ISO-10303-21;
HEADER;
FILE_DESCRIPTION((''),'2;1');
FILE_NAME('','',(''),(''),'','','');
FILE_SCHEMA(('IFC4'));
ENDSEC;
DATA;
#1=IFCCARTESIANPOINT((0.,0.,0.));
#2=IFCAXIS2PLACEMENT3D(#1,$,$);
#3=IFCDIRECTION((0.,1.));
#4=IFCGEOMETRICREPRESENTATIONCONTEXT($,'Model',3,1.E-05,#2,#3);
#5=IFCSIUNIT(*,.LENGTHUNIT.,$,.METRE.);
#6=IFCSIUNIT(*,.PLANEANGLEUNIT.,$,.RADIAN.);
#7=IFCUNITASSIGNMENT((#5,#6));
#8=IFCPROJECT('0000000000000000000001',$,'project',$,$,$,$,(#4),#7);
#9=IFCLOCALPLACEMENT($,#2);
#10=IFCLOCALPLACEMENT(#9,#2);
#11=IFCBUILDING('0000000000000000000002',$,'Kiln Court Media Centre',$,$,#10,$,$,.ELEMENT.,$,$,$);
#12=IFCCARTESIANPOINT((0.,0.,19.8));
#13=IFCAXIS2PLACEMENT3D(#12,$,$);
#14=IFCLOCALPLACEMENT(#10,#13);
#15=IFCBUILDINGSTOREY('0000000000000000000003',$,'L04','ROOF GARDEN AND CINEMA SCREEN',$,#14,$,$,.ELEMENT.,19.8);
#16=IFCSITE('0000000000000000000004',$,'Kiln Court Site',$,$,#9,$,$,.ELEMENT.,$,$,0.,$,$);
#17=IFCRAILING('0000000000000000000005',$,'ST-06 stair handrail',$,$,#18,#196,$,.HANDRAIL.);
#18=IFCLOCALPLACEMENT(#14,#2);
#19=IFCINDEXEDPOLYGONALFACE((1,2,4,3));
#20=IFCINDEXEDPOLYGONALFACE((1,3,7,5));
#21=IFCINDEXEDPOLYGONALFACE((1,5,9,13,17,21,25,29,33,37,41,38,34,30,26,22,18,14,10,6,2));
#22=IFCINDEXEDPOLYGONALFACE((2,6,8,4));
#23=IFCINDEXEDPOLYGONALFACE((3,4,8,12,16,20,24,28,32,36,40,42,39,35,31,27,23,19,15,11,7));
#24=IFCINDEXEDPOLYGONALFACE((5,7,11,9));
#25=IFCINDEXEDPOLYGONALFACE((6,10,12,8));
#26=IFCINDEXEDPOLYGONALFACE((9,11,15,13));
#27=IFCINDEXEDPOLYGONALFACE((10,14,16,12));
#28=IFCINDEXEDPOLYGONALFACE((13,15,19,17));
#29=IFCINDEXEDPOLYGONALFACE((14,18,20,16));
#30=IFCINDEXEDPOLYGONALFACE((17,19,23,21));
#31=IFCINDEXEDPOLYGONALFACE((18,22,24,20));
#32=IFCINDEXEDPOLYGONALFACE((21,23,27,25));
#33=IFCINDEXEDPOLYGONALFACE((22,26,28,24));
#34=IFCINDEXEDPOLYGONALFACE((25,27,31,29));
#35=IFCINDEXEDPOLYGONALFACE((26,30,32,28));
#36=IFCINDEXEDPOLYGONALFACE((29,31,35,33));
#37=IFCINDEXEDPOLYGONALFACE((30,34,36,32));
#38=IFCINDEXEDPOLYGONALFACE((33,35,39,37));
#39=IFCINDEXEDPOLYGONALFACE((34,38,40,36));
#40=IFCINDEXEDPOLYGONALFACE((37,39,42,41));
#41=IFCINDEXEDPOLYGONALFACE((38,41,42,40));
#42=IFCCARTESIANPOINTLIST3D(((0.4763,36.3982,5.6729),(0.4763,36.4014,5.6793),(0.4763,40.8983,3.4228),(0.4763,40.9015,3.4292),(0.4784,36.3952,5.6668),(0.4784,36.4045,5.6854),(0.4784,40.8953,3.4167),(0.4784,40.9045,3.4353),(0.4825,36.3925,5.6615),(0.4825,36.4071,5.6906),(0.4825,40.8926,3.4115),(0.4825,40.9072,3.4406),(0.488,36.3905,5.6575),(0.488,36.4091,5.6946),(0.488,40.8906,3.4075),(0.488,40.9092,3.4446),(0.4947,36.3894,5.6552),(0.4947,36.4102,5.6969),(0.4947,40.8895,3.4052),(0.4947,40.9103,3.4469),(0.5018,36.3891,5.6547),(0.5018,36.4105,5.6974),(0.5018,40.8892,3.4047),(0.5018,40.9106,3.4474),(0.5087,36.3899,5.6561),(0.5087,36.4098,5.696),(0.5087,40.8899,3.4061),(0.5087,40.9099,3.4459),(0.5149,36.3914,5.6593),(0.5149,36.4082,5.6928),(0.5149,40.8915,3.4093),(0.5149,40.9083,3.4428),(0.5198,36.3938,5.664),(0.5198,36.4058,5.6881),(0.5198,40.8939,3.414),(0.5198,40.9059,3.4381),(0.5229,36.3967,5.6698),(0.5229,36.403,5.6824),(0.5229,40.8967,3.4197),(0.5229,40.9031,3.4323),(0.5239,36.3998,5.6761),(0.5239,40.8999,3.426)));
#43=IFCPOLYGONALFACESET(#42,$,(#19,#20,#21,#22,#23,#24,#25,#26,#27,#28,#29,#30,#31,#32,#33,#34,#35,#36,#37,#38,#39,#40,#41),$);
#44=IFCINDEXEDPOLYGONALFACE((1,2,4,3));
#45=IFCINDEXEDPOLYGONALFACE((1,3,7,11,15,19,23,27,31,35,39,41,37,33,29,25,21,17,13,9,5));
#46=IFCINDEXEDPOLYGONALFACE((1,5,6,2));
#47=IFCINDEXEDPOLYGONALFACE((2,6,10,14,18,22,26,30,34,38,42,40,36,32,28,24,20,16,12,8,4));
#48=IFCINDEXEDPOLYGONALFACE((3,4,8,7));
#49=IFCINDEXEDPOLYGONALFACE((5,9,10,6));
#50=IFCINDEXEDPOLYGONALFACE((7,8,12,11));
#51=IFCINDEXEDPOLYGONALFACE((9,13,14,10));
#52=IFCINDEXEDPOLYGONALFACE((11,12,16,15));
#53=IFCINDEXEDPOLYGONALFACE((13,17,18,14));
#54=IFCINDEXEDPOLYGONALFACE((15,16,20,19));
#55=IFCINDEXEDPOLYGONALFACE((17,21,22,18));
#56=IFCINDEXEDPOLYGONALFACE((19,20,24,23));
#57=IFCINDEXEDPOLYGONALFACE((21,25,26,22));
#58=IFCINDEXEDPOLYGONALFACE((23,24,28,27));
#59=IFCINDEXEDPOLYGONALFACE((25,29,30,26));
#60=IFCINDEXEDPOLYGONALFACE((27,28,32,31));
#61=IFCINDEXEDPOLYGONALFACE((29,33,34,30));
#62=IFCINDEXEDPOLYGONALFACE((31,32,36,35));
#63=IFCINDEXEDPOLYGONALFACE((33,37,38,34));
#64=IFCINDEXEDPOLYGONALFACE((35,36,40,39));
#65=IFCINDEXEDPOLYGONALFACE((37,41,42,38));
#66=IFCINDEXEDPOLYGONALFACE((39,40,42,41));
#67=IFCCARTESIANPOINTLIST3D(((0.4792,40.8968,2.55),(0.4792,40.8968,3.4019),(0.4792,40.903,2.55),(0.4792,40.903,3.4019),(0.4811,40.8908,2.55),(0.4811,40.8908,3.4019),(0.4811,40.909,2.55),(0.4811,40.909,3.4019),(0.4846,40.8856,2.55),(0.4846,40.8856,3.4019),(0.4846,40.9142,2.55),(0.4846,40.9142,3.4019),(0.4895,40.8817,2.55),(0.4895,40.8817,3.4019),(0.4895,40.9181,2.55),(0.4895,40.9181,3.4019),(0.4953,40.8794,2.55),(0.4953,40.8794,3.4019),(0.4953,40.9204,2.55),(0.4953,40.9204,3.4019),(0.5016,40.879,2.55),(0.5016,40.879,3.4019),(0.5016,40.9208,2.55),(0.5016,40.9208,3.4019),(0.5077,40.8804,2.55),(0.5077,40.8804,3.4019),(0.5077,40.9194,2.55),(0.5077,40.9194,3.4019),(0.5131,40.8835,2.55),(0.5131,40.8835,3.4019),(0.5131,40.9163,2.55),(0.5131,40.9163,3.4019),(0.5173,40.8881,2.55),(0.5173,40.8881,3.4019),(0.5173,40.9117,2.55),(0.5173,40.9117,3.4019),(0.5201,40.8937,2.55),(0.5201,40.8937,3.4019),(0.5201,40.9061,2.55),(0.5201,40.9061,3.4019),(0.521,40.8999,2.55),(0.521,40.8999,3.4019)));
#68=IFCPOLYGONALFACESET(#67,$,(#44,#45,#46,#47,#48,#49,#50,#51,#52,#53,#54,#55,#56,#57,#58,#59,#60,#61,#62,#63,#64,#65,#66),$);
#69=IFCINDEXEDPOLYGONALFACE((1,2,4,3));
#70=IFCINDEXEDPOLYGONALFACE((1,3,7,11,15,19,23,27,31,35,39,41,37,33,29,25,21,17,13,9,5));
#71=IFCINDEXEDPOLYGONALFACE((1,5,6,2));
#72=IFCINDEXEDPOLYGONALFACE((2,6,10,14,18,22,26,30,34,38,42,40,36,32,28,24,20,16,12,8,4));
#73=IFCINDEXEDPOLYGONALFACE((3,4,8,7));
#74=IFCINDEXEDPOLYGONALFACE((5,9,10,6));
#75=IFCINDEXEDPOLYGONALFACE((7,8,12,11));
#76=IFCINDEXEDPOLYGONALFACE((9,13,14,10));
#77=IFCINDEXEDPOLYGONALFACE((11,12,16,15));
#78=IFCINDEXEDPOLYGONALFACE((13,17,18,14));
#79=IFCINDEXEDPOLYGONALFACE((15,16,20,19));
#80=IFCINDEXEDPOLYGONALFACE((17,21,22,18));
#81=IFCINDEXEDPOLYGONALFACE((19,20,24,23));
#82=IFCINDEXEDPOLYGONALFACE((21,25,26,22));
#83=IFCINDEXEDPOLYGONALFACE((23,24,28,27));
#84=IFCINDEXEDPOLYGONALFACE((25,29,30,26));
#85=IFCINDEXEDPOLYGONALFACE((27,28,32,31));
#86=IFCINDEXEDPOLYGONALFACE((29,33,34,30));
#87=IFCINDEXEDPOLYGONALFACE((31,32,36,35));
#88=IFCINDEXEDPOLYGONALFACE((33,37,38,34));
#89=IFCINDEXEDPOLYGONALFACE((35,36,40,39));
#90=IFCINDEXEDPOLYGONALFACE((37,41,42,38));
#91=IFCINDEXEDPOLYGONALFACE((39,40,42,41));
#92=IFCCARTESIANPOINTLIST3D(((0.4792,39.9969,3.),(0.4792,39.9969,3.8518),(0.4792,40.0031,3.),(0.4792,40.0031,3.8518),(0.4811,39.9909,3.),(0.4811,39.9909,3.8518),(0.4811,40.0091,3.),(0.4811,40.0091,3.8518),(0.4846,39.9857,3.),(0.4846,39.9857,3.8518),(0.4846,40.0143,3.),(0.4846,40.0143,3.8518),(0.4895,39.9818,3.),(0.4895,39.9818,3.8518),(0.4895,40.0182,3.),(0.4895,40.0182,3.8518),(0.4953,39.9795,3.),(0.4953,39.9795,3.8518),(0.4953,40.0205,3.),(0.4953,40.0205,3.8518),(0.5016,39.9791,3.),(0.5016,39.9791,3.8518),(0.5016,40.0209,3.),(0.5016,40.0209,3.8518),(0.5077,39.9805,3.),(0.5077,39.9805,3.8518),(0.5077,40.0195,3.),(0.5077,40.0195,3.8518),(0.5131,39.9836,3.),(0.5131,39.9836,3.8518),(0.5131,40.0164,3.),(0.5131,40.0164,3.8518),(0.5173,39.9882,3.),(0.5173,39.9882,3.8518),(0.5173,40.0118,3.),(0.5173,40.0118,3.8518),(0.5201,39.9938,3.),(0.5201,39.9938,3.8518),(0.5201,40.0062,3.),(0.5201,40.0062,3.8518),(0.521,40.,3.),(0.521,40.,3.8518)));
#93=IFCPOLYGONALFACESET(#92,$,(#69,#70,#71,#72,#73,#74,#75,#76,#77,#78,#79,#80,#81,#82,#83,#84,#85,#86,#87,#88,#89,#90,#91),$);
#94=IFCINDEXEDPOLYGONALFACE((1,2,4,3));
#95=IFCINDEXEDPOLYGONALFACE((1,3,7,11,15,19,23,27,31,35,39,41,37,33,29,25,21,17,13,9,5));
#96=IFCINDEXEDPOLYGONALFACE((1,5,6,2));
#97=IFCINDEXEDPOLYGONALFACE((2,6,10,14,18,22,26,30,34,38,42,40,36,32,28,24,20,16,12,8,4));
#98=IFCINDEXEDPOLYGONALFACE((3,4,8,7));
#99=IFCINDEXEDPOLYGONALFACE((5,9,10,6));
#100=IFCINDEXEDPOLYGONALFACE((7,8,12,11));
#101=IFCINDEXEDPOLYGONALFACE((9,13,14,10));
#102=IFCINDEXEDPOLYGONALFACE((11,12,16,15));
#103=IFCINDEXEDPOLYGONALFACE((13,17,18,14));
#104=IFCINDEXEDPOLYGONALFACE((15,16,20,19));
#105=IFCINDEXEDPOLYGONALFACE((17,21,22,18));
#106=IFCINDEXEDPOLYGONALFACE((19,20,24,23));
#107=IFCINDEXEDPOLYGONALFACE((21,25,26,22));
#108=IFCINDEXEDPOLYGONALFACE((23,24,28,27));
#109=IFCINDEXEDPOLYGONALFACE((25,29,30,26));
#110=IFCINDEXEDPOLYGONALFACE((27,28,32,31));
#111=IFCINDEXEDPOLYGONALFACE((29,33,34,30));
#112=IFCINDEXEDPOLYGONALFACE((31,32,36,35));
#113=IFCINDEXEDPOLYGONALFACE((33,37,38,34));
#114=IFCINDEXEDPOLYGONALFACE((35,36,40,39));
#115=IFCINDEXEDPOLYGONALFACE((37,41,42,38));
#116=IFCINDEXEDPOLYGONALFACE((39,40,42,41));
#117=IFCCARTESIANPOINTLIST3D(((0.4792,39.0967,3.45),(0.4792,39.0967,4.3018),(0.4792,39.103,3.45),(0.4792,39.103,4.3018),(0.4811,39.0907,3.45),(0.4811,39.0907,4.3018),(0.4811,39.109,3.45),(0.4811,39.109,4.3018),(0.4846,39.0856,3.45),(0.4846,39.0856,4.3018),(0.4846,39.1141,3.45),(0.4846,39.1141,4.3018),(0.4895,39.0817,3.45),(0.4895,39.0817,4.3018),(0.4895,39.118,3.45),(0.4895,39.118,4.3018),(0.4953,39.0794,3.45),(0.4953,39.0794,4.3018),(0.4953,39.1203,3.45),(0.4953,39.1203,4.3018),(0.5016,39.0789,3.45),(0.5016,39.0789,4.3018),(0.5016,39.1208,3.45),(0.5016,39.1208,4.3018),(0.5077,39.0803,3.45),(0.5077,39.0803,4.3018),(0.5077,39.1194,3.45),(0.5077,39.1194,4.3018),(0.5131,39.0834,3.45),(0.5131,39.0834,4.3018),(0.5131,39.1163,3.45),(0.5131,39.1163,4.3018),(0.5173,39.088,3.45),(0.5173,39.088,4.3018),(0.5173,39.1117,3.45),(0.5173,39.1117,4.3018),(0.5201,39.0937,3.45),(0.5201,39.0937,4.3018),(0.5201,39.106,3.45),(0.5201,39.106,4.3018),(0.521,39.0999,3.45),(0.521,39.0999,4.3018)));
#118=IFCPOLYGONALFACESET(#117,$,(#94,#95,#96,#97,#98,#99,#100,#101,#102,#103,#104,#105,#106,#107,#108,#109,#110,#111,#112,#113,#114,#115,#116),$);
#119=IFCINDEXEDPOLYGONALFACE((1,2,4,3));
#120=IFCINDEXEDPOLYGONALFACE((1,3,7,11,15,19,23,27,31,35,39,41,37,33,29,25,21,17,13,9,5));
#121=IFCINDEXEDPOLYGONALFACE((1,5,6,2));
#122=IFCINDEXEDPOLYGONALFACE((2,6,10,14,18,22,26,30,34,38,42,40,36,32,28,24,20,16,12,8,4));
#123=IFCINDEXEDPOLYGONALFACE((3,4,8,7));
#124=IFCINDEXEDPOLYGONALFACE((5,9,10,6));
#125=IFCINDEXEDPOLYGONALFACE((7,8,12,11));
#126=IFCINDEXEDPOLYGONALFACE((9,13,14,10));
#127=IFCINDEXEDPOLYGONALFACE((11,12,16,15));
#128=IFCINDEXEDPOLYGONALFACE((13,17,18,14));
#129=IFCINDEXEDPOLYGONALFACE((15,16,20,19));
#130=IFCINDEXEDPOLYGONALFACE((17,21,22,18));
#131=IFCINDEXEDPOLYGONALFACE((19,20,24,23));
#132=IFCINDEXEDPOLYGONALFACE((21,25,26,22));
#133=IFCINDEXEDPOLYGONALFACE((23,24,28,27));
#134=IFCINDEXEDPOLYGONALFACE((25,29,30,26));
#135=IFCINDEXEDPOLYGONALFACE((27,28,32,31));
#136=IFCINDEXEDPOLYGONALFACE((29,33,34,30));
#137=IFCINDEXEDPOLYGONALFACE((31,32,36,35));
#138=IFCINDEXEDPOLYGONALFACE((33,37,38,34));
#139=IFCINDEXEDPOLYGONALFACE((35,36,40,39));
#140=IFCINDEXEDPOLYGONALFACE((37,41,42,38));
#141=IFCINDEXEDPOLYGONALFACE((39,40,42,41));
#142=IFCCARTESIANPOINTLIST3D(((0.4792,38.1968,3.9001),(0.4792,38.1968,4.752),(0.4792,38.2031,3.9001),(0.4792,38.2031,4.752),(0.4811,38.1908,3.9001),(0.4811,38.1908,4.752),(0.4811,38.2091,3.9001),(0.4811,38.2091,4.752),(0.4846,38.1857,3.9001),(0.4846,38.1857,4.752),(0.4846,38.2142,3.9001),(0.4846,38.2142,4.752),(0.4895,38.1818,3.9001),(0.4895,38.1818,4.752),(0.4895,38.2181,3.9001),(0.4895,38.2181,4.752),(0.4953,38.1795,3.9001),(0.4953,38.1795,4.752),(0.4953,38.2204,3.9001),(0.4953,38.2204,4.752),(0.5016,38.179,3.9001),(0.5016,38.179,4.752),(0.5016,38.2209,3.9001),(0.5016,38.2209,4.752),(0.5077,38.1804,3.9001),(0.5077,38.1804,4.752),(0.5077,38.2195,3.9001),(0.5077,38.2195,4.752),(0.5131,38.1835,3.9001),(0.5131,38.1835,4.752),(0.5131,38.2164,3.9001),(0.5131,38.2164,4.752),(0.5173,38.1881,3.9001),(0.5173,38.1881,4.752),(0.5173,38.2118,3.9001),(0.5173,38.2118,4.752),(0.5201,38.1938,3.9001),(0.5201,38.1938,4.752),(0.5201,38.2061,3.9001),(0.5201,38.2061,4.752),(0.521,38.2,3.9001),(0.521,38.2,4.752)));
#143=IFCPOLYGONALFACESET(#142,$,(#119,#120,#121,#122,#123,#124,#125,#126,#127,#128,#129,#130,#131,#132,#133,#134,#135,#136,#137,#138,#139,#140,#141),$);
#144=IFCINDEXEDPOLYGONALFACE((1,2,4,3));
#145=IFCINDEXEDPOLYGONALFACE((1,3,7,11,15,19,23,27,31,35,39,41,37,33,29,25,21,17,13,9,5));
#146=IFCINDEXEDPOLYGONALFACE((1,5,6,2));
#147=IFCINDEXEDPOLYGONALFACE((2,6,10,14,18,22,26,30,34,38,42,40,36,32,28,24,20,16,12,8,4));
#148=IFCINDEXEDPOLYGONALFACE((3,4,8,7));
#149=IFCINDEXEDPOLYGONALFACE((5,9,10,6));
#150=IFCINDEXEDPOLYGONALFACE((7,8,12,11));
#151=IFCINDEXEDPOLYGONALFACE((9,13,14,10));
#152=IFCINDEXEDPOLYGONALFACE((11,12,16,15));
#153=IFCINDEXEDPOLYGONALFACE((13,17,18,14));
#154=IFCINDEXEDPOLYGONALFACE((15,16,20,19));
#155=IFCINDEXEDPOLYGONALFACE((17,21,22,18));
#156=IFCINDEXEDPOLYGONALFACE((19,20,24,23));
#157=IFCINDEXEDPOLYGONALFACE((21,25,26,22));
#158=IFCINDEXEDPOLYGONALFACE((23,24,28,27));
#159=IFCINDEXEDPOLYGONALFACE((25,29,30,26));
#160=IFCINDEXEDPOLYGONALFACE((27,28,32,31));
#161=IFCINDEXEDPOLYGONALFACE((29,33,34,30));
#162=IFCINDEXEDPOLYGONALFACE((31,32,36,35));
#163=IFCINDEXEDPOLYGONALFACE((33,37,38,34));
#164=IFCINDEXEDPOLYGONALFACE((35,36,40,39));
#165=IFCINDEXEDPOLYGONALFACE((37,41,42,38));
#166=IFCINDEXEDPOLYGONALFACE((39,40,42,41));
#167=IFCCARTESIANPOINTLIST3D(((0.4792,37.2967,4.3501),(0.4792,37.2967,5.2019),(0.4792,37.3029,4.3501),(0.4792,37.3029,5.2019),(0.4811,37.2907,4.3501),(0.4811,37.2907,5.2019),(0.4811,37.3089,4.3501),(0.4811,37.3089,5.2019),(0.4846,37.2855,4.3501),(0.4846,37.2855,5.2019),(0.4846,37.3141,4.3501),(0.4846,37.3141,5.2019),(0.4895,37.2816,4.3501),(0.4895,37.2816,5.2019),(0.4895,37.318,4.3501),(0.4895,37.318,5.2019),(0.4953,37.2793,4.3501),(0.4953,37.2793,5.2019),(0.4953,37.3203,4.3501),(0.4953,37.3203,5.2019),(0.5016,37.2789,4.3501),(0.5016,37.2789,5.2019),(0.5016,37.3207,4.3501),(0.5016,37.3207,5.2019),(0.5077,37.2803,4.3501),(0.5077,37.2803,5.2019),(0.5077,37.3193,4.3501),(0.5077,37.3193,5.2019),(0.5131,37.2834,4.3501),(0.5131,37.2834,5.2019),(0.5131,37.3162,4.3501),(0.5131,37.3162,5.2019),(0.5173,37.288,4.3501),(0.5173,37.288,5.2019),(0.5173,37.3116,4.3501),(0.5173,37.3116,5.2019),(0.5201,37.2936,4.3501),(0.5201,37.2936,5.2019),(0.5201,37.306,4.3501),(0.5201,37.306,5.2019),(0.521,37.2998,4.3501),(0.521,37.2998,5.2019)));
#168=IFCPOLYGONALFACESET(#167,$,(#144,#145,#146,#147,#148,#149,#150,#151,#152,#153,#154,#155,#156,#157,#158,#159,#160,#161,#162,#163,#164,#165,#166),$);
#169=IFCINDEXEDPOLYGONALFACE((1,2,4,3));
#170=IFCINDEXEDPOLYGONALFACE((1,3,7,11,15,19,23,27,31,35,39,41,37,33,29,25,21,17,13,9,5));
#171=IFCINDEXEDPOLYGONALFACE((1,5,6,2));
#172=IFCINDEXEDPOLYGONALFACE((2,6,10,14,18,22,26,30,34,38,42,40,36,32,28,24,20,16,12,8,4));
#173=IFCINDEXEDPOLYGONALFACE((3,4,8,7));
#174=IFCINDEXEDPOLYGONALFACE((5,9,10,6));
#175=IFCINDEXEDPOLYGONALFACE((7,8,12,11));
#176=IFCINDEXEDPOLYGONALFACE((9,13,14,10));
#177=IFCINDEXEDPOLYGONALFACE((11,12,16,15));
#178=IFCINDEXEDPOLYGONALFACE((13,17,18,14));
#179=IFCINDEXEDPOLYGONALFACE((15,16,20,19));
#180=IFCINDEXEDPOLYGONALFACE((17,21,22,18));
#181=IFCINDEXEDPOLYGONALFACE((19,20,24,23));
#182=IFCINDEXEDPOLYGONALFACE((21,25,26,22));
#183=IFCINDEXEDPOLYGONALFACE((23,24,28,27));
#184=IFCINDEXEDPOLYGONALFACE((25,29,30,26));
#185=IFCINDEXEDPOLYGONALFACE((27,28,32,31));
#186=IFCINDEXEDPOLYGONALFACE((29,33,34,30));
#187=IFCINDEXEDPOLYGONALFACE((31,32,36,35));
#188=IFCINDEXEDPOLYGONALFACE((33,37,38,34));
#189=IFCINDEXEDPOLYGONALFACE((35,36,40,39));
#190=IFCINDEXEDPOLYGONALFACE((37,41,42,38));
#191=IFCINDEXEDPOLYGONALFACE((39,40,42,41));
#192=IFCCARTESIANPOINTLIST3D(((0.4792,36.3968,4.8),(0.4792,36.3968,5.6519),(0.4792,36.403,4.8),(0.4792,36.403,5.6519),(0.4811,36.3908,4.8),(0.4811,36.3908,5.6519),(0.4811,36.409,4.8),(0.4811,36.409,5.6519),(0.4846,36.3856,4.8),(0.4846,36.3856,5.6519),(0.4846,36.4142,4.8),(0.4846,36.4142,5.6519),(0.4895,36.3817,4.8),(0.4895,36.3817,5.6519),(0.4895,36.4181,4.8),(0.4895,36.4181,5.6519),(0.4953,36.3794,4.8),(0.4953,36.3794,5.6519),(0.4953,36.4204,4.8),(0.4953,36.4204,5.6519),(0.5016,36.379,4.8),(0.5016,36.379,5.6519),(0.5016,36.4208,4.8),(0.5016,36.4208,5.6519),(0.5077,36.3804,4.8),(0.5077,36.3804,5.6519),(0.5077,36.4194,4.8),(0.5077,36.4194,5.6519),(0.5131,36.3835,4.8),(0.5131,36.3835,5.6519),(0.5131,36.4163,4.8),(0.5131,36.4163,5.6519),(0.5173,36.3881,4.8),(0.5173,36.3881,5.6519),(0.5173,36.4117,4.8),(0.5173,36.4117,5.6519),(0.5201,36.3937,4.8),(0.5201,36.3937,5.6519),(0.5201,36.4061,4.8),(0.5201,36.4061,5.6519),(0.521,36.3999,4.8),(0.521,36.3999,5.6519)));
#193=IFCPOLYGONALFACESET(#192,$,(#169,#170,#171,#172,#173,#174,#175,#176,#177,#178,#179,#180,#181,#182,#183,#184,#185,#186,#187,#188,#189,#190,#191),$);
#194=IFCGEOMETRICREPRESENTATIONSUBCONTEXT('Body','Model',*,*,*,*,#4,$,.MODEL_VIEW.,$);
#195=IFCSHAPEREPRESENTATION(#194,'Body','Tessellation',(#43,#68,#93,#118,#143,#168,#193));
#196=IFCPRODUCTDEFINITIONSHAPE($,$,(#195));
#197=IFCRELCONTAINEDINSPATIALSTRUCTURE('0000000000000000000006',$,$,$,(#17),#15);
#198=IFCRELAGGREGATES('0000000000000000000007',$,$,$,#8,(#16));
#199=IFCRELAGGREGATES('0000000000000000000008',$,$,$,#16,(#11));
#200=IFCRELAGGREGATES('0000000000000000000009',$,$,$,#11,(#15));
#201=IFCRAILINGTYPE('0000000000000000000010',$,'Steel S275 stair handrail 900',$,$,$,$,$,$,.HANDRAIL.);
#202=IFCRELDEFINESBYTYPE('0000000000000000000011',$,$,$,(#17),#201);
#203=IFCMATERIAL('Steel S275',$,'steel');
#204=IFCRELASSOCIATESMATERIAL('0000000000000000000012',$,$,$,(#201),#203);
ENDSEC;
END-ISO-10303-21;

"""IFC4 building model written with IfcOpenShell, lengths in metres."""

from ifc_helpers import new_model, si_unit, direction, frame, origin, origin_2d, place, context, subcontext, project, spatial, circle, extrude, material, type_object, element, save


model = new_model("IFC4")

# Units and contexts
model_context = context("Model", 3, precision=1e-05, world=origin(), true_north=direction((0.0, 1.0)))
body_context = subcontext(model_context, "Body", "Model", "MODEL_VIEW")
ifc_project = project(units=[si_unit("LENGTHUNIT", "METRE"), si_unit("PLANEANGLEUNIT", "RADIAN")], contexts=[model_context])

# Site, building, storey
site_placement = place(None, origin())
site = spatial("IfcSite", under=ifc_project, at=site_placement, Name="Kiln Court Site", CompositionType="ELEMENT", RefElevation=0.0)
building_placement = place(site_placement, origin())
building = spatial("IfcBuilding", under=site, at=building_placement, Name="Kiln Court Media Centre", CompositionType="ELEMENT")
storey_placement = place(building_placement, frame((0.0, 0.0, 19.8)))
storey = spatial("IfcBuildingStorey", under=building, at=storey_placement, Name="L04", Description="ROOF GARDEN AND CINEMA SCREEN", CompositionType="ELEMENT", Elevation=19.8)

# Railing
ifc_material_1 = material(Name="Steel S275", Category="steel")
railing_type_1 = type_object("IfcRailingType", Name="Steel S275 stair handrail 900", PredefinedType="HANDRAIL", material=ifc_material_1)
railing_1_placement = place(storey_placement, frame((0.5, 40.8999, 2.55)))
element("IfcRailing", 1, at=railing_1_placement, inside=storey, type_object=railing_type_1, Name="ST-06 stair handrail", PredefinedType="HANDRAIL", context=body_context, shape_type="SweptSolid", body=[
    extrude(circle(Radius=0.0239, at=origin_2d()), frame((0.0, 0.0, 0.876), z_axis=(0.0, -0.894427, 0.447214), x_axis=(1.0, 0.0, 0.0)), (0.0, 0.0, 1.0), 5.0312),
    extrude(circle(Radius=0.021, at=origin_2d()), origin(), (0.0, 0.0, 1.0), 0.8518),
    extrude(circle(Radius=0.021, at=origin_2d()), frame((0.0, -0.8999, 0.45)), (0.0, 0.0, 1.0), 0.8518),
    extrude(circle(Radius=0.021, at=origin_2d()), frame((0.0, -1.8, 0.8999)), (0.0, 0.0, 1.0), 0.8518),
    extrude(circle(Radius=0.021, at=origin_2d()), frame((0.0, -2.7, 1.3501)), (0.0, 0.0, 1.0), 0.8518),
    extrude(circle(Radius=0.021, at=origin_2d()), frame((0.0, -3.6001, 1.8)), (0.0, 0.0, 1.0), 0.8518),
    extrude(circle(Radius=0.021, at=origin_2d()), frame((0.0, -4.5, 2.25)), (0.0, 0.0, 1.0), 0.8518),
])

save(model, "model.ifc")
